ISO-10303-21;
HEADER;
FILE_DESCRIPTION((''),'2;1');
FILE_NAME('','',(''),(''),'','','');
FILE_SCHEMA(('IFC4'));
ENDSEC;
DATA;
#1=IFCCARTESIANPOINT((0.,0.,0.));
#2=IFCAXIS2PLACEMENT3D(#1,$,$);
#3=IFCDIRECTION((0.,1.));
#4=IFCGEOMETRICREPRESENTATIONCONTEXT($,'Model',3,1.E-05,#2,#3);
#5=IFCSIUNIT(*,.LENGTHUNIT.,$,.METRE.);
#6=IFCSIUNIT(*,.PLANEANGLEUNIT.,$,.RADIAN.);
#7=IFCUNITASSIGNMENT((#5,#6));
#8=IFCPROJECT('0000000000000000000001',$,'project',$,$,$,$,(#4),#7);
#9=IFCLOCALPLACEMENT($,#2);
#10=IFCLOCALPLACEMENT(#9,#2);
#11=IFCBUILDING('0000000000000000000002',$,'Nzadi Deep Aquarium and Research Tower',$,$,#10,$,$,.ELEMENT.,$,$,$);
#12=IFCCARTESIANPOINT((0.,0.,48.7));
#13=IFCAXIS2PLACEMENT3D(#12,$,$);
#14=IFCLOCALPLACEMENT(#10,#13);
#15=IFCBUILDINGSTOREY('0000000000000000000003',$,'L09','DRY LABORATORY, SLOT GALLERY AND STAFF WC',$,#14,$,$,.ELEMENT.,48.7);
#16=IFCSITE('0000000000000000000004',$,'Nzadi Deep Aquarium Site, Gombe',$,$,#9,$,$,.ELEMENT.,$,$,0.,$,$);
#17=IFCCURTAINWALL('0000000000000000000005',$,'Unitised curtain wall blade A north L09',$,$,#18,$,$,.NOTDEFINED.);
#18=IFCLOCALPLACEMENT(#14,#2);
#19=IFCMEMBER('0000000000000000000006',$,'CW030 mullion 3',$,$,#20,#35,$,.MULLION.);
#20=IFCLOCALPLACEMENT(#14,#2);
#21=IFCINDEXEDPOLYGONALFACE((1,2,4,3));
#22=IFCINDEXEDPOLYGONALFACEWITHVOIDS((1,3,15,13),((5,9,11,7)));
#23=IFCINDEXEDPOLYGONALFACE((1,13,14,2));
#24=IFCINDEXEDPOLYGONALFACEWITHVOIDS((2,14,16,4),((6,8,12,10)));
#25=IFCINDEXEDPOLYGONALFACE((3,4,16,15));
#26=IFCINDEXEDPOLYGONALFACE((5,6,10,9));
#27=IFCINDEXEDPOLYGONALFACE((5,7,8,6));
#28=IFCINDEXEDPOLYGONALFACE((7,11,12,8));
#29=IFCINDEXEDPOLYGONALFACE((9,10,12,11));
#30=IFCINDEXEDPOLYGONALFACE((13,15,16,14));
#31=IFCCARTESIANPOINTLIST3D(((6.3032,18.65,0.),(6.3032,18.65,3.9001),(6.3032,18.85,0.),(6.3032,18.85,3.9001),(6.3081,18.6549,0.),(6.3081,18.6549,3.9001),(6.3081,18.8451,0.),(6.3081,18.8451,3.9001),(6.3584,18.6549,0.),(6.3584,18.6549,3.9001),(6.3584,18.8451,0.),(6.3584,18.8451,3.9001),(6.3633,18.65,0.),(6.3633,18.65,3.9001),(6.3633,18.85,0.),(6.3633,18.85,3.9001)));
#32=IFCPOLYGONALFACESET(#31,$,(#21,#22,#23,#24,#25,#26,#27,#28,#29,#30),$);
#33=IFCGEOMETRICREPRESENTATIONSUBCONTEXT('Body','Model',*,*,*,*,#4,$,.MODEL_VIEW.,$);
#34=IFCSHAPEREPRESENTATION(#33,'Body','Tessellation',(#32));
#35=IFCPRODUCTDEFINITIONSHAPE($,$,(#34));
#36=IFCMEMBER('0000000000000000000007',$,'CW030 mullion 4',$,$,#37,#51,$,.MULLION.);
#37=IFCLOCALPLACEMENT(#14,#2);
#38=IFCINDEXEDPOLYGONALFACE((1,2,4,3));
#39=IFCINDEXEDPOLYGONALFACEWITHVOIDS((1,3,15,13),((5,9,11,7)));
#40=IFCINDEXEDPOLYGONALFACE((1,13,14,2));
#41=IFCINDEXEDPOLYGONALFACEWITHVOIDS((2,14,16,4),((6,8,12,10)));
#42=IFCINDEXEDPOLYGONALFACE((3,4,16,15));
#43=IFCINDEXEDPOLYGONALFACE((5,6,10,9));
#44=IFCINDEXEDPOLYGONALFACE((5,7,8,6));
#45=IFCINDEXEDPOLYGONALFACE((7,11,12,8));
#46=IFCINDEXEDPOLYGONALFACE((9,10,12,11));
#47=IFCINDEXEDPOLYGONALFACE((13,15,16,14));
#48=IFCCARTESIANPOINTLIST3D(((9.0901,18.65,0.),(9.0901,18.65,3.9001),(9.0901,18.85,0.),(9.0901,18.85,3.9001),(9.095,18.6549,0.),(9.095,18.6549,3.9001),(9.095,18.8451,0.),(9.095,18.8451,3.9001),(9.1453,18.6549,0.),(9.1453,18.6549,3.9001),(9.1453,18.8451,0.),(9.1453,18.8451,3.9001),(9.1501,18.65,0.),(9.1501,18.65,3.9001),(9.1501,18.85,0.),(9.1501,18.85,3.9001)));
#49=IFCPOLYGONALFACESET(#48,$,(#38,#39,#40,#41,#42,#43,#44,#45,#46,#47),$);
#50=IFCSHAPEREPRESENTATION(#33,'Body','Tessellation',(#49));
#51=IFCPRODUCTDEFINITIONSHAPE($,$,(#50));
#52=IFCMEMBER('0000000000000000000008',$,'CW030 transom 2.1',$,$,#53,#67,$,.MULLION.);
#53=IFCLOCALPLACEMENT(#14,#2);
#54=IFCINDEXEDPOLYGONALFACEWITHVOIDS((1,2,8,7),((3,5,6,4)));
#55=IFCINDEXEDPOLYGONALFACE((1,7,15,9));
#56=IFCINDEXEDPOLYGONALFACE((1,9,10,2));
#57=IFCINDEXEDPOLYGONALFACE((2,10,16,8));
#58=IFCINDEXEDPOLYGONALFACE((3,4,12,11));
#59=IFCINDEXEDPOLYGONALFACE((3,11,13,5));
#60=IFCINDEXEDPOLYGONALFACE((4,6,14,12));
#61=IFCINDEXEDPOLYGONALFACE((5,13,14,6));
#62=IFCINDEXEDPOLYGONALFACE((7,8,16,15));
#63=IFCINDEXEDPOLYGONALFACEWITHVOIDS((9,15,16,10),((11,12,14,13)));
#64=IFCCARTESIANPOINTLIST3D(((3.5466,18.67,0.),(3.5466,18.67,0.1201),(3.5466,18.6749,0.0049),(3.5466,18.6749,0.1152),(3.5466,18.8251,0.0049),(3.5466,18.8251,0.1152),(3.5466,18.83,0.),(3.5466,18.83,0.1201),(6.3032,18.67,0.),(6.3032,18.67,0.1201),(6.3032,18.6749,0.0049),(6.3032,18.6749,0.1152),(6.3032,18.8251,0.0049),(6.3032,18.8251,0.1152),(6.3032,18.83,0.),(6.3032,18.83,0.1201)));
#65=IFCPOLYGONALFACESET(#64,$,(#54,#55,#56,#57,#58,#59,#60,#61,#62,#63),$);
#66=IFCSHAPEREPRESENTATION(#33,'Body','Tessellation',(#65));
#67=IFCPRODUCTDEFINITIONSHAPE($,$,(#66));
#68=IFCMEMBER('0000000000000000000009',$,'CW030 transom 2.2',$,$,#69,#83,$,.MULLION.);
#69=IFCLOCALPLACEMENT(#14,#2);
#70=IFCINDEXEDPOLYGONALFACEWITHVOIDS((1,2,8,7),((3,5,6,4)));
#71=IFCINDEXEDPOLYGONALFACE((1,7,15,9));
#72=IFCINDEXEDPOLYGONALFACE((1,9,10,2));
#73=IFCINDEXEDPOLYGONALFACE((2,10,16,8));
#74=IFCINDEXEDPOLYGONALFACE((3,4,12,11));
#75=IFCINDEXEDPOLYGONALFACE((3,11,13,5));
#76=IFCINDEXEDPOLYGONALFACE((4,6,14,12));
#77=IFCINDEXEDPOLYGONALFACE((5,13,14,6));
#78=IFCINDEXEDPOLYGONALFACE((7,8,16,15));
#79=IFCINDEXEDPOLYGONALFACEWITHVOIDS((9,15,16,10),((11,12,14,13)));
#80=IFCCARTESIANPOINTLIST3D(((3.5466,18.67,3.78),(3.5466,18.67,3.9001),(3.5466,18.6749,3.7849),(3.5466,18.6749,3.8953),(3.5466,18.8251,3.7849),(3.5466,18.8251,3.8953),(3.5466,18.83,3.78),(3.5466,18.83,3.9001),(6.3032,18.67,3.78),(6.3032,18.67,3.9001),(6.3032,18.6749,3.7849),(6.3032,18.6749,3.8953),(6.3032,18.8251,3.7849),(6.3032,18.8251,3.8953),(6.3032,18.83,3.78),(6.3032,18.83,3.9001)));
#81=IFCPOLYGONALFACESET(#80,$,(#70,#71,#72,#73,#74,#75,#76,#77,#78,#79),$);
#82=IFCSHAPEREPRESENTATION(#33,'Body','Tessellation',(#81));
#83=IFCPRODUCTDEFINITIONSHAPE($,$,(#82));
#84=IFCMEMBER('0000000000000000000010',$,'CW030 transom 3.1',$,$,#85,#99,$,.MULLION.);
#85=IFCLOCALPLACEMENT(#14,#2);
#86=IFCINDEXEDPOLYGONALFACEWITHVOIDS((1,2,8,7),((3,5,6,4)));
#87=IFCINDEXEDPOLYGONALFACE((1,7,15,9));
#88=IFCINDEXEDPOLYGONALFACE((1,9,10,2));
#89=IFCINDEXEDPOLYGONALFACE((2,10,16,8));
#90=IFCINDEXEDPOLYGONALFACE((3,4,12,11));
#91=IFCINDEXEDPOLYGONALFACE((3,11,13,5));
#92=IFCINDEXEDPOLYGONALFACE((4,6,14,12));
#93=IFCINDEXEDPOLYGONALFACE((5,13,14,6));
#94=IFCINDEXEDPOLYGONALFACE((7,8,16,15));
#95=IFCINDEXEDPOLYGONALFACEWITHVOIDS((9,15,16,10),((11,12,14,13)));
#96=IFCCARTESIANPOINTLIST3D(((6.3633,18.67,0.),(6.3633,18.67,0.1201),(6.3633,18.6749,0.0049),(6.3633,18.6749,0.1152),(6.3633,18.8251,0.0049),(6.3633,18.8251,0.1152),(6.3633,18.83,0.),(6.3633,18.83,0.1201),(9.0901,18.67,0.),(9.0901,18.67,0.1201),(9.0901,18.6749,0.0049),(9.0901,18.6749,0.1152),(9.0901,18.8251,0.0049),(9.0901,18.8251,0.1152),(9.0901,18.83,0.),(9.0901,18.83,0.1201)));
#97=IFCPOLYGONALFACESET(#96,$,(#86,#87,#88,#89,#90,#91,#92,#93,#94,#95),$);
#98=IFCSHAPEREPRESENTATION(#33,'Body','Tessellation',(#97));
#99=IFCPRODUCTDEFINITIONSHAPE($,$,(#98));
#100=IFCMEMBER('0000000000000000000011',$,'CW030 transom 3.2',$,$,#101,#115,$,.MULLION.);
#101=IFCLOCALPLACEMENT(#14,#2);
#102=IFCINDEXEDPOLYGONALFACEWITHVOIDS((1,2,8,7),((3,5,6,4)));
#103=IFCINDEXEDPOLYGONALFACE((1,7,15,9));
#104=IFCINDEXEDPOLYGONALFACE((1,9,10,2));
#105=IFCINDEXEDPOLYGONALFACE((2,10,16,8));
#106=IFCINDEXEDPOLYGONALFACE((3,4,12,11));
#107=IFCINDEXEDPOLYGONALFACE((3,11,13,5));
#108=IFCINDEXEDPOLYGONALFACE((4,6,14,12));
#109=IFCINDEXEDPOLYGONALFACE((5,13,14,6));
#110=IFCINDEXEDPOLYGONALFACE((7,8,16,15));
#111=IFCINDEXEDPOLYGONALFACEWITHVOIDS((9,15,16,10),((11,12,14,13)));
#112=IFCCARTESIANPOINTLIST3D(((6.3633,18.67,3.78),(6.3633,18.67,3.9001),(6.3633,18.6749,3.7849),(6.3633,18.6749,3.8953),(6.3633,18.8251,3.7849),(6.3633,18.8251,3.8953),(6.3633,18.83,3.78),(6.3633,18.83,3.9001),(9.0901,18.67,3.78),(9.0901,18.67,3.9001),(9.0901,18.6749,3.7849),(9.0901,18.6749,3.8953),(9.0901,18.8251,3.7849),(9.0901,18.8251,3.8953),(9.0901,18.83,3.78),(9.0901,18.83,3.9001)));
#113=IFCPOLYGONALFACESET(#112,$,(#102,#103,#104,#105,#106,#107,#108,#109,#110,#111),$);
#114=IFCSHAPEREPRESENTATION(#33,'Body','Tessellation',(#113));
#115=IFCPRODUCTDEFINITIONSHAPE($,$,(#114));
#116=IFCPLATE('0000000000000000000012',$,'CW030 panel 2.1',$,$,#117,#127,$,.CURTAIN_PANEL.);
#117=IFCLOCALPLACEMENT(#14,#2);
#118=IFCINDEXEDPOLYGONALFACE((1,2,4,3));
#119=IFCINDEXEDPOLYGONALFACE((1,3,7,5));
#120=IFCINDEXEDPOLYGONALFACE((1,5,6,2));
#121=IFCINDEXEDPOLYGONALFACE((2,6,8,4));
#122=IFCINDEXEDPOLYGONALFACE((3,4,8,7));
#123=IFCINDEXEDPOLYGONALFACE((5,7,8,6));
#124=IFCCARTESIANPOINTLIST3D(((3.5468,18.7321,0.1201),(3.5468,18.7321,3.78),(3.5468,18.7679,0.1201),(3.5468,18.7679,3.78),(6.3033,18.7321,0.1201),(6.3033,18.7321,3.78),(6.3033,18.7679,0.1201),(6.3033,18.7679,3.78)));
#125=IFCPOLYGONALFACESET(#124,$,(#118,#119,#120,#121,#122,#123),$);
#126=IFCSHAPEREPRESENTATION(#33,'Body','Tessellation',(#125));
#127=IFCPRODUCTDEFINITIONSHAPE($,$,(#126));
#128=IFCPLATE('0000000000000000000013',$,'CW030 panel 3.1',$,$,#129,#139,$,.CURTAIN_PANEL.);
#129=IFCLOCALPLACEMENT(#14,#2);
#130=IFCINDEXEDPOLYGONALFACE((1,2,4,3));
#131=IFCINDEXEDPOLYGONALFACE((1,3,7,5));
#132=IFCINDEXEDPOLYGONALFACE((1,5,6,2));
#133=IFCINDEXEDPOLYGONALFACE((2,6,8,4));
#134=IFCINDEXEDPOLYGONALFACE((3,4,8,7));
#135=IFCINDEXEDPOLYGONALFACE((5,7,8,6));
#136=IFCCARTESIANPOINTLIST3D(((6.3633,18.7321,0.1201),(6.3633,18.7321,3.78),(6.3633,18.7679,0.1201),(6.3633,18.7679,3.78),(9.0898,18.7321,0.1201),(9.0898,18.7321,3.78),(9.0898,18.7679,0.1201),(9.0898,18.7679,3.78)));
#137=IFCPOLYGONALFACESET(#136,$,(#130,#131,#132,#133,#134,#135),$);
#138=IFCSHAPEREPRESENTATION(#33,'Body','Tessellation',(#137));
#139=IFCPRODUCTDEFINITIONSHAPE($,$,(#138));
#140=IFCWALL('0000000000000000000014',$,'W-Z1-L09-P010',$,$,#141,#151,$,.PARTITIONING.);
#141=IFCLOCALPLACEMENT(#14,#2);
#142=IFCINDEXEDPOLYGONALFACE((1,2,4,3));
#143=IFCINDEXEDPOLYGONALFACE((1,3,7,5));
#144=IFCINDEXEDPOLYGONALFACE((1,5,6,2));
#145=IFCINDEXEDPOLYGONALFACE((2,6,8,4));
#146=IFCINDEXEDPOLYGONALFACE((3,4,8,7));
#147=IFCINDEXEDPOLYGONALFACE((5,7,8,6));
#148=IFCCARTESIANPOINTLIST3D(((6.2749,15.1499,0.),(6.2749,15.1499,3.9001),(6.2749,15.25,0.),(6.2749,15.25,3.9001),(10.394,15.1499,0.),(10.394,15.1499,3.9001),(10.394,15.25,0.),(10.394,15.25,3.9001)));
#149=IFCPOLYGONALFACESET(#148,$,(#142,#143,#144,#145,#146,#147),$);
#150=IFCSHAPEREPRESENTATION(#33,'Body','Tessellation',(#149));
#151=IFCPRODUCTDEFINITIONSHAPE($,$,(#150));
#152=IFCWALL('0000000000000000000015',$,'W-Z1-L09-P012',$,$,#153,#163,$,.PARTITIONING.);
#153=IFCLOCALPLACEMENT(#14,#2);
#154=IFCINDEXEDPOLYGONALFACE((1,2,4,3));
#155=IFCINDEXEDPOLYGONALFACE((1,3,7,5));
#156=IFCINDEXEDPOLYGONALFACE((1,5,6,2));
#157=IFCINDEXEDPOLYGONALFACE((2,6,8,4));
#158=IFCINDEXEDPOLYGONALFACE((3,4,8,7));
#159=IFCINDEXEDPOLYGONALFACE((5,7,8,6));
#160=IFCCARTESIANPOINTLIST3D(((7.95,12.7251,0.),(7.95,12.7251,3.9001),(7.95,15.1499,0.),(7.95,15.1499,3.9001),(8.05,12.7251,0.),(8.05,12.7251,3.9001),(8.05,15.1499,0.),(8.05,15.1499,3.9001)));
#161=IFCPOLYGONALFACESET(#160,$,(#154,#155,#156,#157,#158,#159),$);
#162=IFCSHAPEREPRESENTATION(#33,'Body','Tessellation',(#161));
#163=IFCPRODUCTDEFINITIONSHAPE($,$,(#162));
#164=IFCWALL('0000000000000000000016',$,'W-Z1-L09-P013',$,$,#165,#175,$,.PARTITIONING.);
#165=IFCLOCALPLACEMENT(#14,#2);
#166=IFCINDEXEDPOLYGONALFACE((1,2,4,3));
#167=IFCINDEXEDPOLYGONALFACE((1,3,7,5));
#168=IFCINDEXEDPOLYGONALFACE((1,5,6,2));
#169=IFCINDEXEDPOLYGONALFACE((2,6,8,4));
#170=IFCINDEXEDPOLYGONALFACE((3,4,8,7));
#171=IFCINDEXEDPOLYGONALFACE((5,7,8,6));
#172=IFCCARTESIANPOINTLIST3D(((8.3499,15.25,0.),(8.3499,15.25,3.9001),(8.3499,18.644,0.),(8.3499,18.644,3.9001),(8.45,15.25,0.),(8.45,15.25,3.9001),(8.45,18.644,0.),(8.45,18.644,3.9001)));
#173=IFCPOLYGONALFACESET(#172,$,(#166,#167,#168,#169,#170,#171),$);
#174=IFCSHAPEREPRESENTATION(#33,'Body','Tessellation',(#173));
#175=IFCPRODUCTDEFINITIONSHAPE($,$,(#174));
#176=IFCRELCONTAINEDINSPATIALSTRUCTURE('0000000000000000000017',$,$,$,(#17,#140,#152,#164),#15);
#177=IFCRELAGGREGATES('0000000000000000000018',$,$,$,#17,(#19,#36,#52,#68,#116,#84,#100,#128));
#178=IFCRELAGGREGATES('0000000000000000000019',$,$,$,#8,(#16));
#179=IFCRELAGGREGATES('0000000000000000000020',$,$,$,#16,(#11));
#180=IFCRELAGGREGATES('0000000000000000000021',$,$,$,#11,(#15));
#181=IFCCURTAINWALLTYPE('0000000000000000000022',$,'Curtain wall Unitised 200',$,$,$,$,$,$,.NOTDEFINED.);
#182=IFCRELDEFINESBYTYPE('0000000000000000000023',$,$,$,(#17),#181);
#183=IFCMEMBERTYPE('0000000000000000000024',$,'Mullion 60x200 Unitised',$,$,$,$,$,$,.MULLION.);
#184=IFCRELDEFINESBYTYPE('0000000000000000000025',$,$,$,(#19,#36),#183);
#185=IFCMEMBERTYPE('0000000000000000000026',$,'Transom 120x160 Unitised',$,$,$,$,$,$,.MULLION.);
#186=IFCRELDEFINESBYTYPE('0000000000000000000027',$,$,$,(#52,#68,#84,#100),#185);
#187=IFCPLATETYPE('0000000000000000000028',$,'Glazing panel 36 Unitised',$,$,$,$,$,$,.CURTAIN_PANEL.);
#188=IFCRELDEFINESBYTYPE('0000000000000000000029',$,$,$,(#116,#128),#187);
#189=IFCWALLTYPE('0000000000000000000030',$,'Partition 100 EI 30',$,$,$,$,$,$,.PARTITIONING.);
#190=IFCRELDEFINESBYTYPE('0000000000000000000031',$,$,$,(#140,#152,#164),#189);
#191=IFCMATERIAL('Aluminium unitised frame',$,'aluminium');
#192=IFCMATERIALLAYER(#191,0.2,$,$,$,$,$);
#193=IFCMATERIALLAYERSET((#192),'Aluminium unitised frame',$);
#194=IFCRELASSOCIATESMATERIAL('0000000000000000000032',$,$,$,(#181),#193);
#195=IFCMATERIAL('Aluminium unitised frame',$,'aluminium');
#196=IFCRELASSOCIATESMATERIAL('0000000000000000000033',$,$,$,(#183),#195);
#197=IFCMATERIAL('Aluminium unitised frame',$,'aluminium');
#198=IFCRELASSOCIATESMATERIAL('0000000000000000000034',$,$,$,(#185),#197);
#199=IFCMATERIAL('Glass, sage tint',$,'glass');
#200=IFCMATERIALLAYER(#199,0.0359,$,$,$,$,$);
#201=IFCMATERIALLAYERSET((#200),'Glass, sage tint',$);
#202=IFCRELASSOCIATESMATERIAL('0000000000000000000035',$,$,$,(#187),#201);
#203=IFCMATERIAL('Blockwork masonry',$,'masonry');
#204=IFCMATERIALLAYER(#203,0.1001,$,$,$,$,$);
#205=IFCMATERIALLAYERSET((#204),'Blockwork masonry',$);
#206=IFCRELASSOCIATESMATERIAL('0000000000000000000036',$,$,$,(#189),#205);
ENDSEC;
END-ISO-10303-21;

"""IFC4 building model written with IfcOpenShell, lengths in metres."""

from ifc_helpers import new_model, si_unit, direction, frame, frame_2d, origin, origin_2d, place, context, subcontext, project, spatial, rectangle, hollow_rectangle, extrude, material, layer, layer_set, material_profile, profile_set, type_object, element, aggregate, save


model = new_model("IFC4")

# Units and contexts
model_context = context("Model", 3, precision=1e-05, world=origin(), true_north=direction((0.0, 1.0)))
body_context = subcontext(model_context, "Body", "Model", "MODEL_VIEW")
ifc_project = project(units=[si_unit("LENGTHUNIT", "METRE"), si_unit("PLANEANGLEUNIT", "RADIAN")], contexts=[model_context])

# Site, building, storey
site_placement = place(None, origin())
site = spatial("IfcSite", under=ifc_project, at=site_placement, Name="Nzadi Deep Aquarium Site, Gombe", CompositionType="ELEMENT", RefElevation=0.0)
building_placement = place(site_placement, origin())
building = spatial("IfcBuilding", under=site, at=building_placement, Name="Nzadi Deep Aquarium and Research Tower", CompositionType="ELEMENT")
storey_placement = place(building_placement, frame((0.0, 0.0, 48.7)))
storey = spatial("IfcBuildingStorey", under=building, at=storey_placement, Name="L09", Description="DRY LABORATORY, SLOT GALLERY AND STAFF WC", CompositionType="ELEMENT", Elevation=48.7)

# Curtain wall, members, plates
ifc_material_1 = material(Name="Aluminium unitised frame", Category="aluminium")
ifc_layer_1 = layer(ifc_material_1, 0.2)
ifc_layer_set_1 = layer_set([ifc_layer_1], Name="Aluminium unitised frame")
curtain_wall_type = type_object("IfcCurtainWallType", Name="Curtain wall Unitised 200", PredefinedType="NOTDEFINED", material=ifc_layer_set_1)
curtain_wall_placement = place(storey_placement, origin())
curtain_wall = element("IfcCurtainWall", 1, at=curtain_wall_placement, inside=storey, type_object=curtain_wall_type, Name="Unitised curtain wall blade A north L09", PredefinedType="NOTDEFINED")
ifc_material_2 = material(Name="Aluminium unitised frame", Category="aluminium")
ifc_material_profile_1 = material_profile(ifc_material_2, hollow_rectangle(XDim=0.2, YDim=0.0601, WallThickness=0.0049, at=origin_2d()))
ifc_profile_set_1 = profile_set([ifc_material_profile_1], Name="Aluminium unitised frame")
member_type_1 = type_object("IfcMemberType", Name="Mullion 60x200 Unitised", PredefinedType="MULLION", material=ifc_profile_set_1)
member_1_placement = place(storey_placement, frame((6.3333, 18.75, 0.0), z_axis=(0.0, 0.0, 1.0), x_axis=(0.0, 1.0, 0.0)))
member_1 = element("IfcMember", 2, at=member_1_placement, type_object=member_type_1, Name="CW030 mullion 3", PredefinedType="MULLION", context=body_context, shape_type="SweptSolid", body=[
    extrude(hollow_rectangle(XDim=0.2, YDim=0.0601, WallThickness=0.0049, at=origin_2d()), origin(), (0.0, 0.0, 1.0), 3.9001),
])
member_2_placement = place(storey_placement, frame((9.1201, 18.75, 0.0), z_axis=(0.0, 0.0, 1.0), x_axis=(0.0, 1.0, 0.0)))
member_2 = element("IfcMember", 3, at=member_2_placement, type_object=member_type_1, Name="CW030 mullion 4", PredefinedType="MULLION", context=body_context, shape_type="SweptSolid", body=[
    extrude(hollow_rectangle(XDim=0.2, YDim=0.0601, WallThickness=0.0049, at=origin_2d()), origin(), (0.0, 0.0, 1.0), 3.9001),
])
ifc_material_3 = material(Name="Aluminium unitised frame", Category="aluminium")
ifc_material_profile_2 = material_profile(ifc_material_3, hollow_rectangle(XDim=0.1599, YDim=0.1201, WallThickness=0.0049, at=origin_2d()))
ifc_profile_set_2 = profile_set([ifc_material_profile_2], Name="Aluminium unitised frame")
member_type_2 = type_object("IfcMemberType", Name="Transom 120x160 Unitised", PredefinedType="MULLION", material=ifc_profile_set_2)
member_3_placement = place(storey_placement, frame((3.5466, 18.75, 0.0601), z_axis=(1.0, 0.0, 0.0), x_axis=(0.0, 1.0, 0.0)))
member_3 = element("IfcMember", 4, at=member_3_placement, type_object=member_type_2, Name="CW030 transom 2.1", PredefinedType="MULLION", context=body_context, shape_type="SweptSolid", body=[
    extrude(hollow_rectangle(XDim=0.1599, YDim=0.1201, WallThickness=0.0049, at=origin_2d()), origin(), (0.0, 0.0, 1.0), 2.7566),
])
member_4_placement = place(storey_placement, frame((3.5466, 18.75, 3.8401), z_axis=(1.0, 0.0, 0.0), x_axis=(0.0, 1.0, 0.0)))
member_4 = element("IfcMember", 5, at=member_4_placement, type_object=member_type_2, Name="CW030 transom 2.2", PredefinedType="MULLION", context=body_context, shape_type="SweptSolid", body=[
    extrude(hollow_rectangle(XDim=0.1599, YDim=0.1201, WallThickness=0.0049, at=origin_2d()), origin(), (0.0, 0.0, 1.0), 2.7566),
])
member_5_placement = place(storey_placement, frame((6.3633, 18.75, 0.0601), z_axis=(1.0, 0.0, 0.0), x_axis=(0.0, 1.0, 0.0)))
member_5 = element("IfcMember", 6, at=member_5_placement, type_object=member_type_2, Name="CW030 transom 3.1", PredefinedType="MULLION", context=body_context, shape_type="SweptSolid", body=[
    extrude(hollow_rectangle(XDim=0.1599, YDim=0.1201, WallThickness=0.0049, at=origin_2d()), origin(), (0.0, 0.0, 1.0), 2.7268),
])
member_6_placement = place(storey_placement, frame((6.3633, 18.75, 3.8401), z_axis=(1.0, 0.0, 0.0), x_axis=(0.0, 1.0, 0.0)))
member_6 = element("IfcMember", 7, at=member_6_placement, type_object=member_type_2, Name="CW030 transom 3.2", PredefinedType="MULLION", context=body_context, shape_type="SweptSolid", body=[
    extrude(hollow_rectangle(XDim=0.1599, YDim=0.1201, WallThickness=0.0049, at=origin_2d()), origin(), (0.0, 0.0, 1.0), 2.7268),
])
ifc_material_4 = material(Name="Glass, sage tint", Category="glass")
ifc_layer_2 = layer(ifc_material_4, 0.0359)
ifc_layer_set_2 = layer_set([ifc_layer_2], Name="Glass, sage tint")
plate_type = type_object("IfcPlateType", Name="Glazing panel 36 Unitised", PredefinedType="CURTAIN_PANEL", material=ifc_layer_set_2)
plate_1_placement = place(storey_placement, frame((4.925, 18.75, 0.1201), z_axis=(0.0, 0.0, 1.0), x_axis=(1.0, 0.0, 0.0)))
plate_1 = element("IfcPlate", 8, at=plate_1_placement, type_object=plate_type, Name="CW030 panel 2.1", PredefinedType="CURTAIN_PANEL", context=body_context, shape_type="SweptSolid", body=[
    extrude(rectangle(XDim=2.7566, YDim=0.0359, at=origin_2d()), origin(), (0.0, 0.0, 1.0), 3.6599),
])
plate_2_placement = place(storey_placement, frame((7.7266, 18.75, 0.1201), z_axis=(0.0, 0.0, 1.0), x_axis=(1.0, 0.0, 0.0)))
plate_2 = element("IfcPlate", 9, at=plate_2_placement, type_object=plate_type, Name="CW030 panel 3.1", PredefinedType="CURTAIN_PANEL", context=body_context, shape_type="SweptSolid", body=[
    extrude(rectangle(XDim=2.7266, YDim=0.0359, at=origin_2d()), origin(), (0.0, 0.0, 1.0), 3.6599),
])
aggregate(curtain_wall, [member_1, member_2, member_3, member_4, plate_1, member_5, member_6, plate_2])

# Walls
ifc_material_5 = material(Name="Blockwork masonry", Category="masonry")
ifc_layer_3 = layer(ifc_material_5, 0.1001)
ifc_layer_set_3 = layer_set([ifc_layer_3], Name="Blockwork masonry")
wall_type_1 = type_object("IfcWallType", Name="Partition 100 EI 30", PredefinedType="PARTITIONING", material=ifc_layer_set_3)
wall_1_placement = place(storey_placement, frame((6.2749, 15.2, 0.0), z_axis=(0.0, 0.0, 1.0), x_axis=(1.0, 0.0, 0.0)))
element("IfcWall", 10, at=wall_1_placement, inside=storey, type_object=wall_type_1, Name="W-Z1-L09-P010", PredefinedType="PARTITIONING", context=body_context, shape_type="SweptSolid", body=[
    extrude(rectangle(XDim=4.1191, YDim=0.1001, at=frame_2d((2.0596, 0.0))), origin(), (0.0, 0.0, 1.0), 3.9001),
])
wall_2_placement = place(storey_placement, frame((8.0, 12.7251, 0.0), z_axis=(0.0, 0.0, 1.0), x_axis=(0.0, 1.0, 0.0)))
element("IfcWall", 11, at=wall_2_placement, inside=storey, type_object=wall_type_1, Name="W-Z1-L09-P012", PredefinedType="PARTITIONING", context=body_context, shape_type="SweptSolid", body=[
    extrude(rectangle(XDim=2.4248, YDim=0.1001, at=frame_2d((1.2124, 0.0))), origin(), (0.0, 0.0, 1.0), 3.9001),
])
wall_3_placement = place(storey_placement, frame((8.3999, 15.25, 0.0), z_axis=(0.0, 0.0, 1.0), x_axis=(0.0, 1.0, 0.0)))
element("IfcWall", 12, at=wall_3_placement, inside=storey, type_object=wall_type_1, Name="W-Z1-L09-P013", PredefinedType="PARTITIONING", context=body_context, shape_type="SweptSolid", body=[
    extrude(rectangle(XDim=3.394, YDim=0.1001, at=frame_2d((1.697, 0.0))), origin(), (0.0, 0.0, 1.0), 3.9001),
])

save(model, "model.ifc")
